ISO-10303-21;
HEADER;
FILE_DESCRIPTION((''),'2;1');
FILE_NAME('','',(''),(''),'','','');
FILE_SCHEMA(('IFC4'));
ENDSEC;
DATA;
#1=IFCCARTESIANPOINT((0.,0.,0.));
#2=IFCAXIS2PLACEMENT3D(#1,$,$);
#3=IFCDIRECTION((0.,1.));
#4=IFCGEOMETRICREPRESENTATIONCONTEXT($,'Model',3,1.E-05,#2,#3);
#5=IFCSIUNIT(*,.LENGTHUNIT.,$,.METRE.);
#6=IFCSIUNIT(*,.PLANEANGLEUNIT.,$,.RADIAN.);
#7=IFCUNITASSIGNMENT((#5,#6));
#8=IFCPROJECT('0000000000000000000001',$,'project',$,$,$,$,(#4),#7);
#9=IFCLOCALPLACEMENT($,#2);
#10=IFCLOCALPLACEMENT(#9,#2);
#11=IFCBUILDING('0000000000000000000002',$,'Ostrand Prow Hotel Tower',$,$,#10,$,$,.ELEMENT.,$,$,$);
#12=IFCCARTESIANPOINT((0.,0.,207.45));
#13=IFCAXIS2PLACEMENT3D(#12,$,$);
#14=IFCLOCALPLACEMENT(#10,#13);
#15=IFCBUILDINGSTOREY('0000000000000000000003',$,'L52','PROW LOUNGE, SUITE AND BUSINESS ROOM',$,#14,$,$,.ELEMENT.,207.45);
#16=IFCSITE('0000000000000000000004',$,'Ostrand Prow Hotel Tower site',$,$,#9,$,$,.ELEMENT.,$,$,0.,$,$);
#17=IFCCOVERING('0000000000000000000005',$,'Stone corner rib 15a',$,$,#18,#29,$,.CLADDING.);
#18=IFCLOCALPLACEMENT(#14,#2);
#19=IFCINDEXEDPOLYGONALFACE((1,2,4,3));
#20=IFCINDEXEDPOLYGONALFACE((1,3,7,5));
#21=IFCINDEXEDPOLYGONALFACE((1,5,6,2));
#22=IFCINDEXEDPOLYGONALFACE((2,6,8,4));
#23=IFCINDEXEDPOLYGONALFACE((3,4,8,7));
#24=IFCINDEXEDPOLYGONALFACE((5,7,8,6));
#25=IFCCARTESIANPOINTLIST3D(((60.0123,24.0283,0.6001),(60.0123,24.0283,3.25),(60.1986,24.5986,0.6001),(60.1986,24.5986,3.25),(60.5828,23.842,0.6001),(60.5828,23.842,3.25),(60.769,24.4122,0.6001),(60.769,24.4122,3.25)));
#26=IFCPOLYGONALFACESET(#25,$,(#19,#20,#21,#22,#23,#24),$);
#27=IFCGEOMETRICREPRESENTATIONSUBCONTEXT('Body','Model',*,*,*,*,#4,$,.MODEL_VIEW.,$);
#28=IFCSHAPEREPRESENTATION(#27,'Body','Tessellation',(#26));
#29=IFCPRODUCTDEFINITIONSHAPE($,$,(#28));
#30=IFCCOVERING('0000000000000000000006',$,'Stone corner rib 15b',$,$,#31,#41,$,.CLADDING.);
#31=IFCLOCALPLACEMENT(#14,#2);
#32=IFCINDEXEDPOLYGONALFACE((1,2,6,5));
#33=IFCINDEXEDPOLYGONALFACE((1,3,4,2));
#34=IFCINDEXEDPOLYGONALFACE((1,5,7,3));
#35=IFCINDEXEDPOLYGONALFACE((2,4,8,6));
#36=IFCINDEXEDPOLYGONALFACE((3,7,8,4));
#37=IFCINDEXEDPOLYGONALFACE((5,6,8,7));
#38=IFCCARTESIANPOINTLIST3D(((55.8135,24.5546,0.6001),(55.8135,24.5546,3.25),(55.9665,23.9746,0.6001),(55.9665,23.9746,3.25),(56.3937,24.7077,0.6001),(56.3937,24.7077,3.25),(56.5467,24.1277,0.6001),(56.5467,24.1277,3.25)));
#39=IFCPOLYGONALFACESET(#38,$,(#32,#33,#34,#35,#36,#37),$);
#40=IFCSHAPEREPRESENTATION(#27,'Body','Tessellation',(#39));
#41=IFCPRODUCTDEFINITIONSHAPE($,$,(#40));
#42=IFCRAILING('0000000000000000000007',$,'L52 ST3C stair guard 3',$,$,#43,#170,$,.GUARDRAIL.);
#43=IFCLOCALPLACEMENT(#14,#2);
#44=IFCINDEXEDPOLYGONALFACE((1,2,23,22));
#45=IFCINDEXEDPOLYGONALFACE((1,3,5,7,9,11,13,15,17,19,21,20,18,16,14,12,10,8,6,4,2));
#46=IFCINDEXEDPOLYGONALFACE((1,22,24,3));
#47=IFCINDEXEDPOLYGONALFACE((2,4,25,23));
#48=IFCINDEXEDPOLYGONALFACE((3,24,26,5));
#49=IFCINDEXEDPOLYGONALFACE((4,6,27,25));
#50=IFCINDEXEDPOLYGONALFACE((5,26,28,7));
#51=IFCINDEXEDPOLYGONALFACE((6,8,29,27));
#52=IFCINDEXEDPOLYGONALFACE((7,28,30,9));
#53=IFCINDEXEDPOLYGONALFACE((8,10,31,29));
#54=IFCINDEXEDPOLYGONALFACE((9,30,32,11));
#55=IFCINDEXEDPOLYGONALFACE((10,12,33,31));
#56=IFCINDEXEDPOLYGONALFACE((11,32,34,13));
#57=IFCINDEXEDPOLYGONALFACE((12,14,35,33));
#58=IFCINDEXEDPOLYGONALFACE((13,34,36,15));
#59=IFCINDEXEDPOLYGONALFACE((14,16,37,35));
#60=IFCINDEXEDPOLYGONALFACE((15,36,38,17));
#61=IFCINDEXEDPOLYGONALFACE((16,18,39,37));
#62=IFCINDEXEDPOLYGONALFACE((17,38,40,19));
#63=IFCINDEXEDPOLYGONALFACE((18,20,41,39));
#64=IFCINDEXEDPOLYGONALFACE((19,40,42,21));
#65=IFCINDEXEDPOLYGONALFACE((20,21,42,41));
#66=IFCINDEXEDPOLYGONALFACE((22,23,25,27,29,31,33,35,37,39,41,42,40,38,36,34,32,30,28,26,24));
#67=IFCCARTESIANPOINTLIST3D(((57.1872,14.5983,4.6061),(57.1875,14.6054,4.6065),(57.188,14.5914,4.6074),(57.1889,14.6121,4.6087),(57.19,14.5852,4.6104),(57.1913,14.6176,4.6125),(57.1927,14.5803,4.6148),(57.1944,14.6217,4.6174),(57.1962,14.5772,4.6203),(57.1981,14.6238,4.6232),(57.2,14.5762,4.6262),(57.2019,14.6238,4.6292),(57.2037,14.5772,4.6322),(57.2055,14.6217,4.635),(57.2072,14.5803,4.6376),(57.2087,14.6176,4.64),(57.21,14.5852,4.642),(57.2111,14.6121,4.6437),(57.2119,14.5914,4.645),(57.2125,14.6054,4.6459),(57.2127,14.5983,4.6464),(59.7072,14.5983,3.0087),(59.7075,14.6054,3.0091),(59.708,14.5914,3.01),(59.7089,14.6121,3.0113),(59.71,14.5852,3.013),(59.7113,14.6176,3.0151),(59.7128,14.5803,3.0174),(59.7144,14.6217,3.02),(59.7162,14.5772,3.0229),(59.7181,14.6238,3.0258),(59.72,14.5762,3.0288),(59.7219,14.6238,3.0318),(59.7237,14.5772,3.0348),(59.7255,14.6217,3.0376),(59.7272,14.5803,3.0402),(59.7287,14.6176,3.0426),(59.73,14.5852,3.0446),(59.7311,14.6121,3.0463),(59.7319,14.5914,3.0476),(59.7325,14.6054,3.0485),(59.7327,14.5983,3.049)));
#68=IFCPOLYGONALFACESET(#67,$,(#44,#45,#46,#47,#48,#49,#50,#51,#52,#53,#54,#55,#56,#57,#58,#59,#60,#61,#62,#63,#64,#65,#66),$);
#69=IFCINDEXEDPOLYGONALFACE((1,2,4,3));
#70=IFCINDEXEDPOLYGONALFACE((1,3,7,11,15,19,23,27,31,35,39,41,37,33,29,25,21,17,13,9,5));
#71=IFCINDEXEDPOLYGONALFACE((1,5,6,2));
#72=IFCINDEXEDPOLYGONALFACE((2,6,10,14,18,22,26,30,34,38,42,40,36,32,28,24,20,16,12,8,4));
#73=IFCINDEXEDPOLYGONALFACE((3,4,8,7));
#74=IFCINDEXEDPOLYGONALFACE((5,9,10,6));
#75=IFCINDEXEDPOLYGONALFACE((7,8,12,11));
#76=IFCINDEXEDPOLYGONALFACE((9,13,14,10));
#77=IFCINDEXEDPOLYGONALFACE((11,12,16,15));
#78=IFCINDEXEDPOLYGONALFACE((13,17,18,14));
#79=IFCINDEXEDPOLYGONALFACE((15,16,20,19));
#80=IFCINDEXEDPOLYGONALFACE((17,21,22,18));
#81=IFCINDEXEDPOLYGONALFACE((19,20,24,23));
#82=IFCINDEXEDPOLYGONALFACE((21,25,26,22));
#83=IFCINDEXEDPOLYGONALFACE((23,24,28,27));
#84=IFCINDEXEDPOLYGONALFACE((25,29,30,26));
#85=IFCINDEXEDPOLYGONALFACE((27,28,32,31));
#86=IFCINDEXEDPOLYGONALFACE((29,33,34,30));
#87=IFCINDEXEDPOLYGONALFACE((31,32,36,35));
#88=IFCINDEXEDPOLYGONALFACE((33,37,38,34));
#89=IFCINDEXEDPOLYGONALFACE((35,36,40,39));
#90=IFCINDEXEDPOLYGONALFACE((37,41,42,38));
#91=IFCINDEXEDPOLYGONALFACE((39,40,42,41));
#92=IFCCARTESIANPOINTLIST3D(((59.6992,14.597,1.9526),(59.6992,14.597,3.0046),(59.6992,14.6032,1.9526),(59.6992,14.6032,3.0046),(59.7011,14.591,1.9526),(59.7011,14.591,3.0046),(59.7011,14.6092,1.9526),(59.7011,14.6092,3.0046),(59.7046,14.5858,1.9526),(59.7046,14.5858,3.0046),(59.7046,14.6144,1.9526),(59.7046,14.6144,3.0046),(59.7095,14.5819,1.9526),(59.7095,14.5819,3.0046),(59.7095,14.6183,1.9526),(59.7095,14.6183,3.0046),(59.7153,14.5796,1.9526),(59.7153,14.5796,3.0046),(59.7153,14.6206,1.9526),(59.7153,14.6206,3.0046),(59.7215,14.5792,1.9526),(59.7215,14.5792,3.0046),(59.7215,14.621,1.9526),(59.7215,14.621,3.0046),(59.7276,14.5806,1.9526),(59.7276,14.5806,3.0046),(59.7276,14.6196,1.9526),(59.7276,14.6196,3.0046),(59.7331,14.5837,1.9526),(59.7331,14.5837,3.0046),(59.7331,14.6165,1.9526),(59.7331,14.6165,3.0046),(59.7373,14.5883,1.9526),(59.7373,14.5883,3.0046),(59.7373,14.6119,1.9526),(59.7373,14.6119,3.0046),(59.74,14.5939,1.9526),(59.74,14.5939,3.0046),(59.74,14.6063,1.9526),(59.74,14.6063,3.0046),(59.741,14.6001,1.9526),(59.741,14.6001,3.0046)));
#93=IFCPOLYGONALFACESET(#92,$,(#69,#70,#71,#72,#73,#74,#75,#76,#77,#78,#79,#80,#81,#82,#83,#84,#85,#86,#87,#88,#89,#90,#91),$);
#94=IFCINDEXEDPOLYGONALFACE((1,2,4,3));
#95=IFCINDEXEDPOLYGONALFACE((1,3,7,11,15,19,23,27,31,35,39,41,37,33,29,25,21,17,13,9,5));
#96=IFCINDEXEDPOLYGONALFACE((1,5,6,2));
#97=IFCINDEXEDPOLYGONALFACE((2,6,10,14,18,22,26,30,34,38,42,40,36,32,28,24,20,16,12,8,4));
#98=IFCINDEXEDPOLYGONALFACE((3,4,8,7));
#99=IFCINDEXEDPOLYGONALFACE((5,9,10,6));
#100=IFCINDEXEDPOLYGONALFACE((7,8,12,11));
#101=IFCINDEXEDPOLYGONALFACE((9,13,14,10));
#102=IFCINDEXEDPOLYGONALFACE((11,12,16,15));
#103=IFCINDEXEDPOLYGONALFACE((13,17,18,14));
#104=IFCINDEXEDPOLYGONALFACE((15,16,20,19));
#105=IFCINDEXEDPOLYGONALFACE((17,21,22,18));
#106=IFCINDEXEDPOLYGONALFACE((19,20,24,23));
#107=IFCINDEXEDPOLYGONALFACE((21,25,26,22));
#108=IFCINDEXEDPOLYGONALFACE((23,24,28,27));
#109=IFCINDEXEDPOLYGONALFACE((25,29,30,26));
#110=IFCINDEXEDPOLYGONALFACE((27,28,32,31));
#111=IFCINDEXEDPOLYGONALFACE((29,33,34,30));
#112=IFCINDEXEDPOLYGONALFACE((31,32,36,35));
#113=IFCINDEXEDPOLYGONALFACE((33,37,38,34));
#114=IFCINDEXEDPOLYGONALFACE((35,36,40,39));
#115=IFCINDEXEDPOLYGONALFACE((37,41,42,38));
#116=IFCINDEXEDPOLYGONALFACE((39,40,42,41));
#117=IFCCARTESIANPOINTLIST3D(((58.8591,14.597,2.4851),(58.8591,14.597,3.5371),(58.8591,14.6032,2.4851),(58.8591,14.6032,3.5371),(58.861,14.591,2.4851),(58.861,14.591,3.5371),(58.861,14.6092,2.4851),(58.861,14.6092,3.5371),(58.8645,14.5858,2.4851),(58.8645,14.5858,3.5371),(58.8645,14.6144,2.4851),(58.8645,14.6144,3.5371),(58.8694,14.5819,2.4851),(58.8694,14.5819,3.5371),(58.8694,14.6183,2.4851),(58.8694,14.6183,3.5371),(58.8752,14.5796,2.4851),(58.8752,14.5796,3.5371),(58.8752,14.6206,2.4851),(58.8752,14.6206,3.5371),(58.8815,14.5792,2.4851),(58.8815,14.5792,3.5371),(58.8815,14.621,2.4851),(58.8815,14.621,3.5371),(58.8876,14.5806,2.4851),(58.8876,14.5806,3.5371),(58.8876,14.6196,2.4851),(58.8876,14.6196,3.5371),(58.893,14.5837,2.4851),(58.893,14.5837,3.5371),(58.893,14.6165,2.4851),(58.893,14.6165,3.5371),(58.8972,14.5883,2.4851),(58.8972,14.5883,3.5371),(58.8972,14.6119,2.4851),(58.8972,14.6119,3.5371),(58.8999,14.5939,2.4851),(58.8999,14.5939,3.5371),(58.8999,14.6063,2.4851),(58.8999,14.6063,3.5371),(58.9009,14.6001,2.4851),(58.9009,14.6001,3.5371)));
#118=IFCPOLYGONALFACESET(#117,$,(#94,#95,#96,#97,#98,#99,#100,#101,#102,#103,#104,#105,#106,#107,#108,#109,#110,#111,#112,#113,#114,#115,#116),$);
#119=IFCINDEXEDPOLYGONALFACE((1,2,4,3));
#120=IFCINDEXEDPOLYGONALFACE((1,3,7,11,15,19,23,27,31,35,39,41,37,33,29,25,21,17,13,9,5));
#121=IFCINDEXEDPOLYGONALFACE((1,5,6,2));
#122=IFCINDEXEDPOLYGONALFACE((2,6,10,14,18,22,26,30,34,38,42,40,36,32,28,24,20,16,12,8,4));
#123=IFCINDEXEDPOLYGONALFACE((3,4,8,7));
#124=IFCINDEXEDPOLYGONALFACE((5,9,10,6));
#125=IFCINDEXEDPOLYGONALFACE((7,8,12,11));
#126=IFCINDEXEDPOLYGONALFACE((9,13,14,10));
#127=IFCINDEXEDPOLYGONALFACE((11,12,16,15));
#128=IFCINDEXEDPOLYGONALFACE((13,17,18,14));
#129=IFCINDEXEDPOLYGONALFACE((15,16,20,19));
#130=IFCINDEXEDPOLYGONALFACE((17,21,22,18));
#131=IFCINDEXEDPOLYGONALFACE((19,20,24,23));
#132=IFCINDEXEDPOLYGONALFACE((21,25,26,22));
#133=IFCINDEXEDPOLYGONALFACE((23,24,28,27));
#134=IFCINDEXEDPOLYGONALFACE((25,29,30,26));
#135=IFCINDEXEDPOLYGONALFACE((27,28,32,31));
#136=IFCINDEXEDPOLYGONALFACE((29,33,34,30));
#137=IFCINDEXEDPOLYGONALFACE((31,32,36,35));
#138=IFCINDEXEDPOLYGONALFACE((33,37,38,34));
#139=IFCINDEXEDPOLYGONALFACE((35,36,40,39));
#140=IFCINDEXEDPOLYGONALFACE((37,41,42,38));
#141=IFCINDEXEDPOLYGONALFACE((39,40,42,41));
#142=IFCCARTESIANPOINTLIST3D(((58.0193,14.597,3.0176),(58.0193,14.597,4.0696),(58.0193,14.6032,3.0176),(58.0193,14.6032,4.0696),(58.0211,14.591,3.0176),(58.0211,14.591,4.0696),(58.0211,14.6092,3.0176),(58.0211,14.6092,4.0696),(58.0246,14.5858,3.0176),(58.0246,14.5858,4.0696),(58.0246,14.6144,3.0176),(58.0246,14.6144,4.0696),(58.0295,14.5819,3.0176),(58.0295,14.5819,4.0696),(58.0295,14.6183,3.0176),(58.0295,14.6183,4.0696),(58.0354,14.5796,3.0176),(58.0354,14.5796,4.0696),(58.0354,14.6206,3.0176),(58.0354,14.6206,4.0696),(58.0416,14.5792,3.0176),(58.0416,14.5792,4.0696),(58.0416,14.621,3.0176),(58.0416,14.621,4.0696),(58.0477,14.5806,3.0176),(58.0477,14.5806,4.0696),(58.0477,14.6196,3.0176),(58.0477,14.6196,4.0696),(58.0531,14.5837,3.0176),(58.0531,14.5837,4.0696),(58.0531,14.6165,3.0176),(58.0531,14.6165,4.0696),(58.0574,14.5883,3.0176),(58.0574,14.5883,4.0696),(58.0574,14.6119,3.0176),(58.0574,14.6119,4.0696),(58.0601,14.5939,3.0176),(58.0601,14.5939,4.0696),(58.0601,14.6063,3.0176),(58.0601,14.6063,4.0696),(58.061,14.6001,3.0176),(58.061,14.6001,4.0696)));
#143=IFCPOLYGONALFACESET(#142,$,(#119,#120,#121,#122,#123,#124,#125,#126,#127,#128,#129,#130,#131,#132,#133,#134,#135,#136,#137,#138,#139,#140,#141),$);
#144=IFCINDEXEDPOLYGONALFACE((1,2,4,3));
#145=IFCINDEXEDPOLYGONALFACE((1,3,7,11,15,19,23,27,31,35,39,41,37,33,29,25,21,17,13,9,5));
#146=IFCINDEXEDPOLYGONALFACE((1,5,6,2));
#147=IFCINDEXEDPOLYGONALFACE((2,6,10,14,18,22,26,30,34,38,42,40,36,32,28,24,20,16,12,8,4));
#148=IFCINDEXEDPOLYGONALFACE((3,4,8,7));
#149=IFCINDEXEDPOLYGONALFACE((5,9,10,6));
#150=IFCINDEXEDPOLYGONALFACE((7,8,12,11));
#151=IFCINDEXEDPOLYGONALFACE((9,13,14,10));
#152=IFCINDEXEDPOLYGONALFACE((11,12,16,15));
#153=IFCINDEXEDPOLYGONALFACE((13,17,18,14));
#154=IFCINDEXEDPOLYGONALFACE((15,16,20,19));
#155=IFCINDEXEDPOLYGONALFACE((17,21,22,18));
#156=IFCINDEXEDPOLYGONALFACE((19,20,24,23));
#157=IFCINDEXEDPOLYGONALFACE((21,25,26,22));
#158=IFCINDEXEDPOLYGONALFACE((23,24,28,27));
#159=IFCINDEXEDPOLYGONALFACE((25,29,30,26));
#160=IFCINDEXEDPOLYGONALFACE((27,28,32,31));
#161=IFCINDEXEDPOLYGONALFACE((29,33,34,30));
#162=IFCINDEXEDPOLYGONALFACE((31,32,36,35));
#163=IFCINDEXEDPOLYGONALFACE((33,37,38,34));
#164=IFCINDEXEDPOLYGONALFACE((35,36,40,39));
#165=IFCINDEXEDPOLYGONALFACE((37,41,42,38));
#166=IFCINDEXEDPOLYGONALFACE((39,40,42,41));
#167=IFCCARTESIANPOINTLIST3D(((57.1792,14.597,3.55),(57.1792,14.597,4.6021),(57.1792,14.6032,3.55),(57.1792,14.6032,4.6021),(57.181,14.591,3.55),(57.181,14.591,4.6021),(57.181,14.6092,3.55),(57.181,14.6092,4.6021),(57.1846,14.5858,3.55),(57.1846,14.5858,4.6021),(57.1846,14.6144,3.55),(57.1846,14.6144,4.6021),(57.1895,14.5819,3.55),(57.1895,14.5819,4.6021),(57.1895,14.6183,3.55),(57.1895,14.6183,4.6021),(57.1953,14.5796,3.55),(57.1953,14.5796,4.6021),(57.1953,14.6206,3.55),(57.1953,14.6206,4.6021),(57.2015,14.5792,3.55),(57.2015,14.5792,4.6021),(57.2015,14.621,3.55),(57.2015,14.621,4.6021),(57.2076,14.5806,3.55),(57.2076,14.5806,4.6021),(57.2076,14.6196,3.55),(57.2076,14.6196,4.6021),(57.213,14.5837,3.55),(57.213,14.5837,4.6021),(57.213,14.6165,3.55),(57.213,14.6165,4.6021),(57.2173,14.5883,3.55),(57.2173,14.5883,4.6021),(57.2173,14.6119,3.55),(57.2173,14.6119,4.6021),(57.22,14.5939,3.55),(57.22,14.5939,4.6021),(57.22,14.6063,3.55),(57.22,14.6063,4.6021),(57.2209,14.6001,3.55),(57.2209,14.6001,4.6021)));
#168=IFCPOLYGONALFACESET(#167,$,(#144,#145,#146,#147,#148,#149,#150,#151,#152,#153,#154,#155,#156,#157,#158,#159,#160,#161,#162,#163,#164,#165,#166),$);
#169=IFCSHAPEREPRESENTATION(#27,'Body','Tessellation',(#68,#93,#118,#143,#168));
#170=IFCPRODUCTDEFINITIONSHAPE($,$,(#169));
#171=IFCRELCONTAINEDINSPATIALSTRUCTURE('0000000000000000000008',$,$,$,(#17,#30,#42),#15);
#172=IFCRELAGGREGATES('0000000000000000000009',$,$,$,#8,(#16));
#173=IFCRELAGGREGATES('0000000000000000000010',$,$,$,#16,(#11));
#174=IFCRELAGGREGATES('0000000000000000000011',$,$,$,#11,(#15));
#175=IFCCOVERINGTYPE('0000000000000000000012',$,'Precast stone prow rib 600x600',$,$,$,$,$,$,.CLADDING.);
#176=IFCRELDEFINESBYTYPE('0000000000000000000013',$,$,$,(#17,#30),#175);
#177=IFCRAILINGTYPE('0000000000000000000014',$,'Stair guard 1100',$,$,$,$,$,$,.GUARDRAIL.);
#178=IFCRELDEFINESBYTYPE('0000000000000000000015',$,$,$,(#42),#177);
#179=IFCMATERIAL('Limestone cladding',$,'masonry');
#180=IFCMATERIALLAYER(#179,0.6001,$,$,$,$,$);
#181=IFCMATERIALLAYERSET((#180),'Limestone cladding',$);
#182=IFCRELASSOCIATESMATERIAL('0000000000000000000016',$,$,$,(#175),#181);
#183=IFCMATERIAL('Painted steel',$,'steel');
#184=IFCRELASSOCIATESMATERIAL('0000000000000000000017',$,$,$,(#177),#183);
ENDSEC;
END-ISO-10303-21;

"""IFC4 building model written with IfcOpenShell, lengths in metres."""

from ifc_helpers import new_model, si_unit, direction, frame, frame_2d, origin, origin_2d, place, context, subcontext, project, spatial, rectangle, circle, extrude, material, layer, layer_set, type_object, element, save


model = new_model("IFC4")

# Units and contexts
model_context = context("Model", 3, precision=1e-05, world=origin(), true_north=direction((0.0, 1.0)))
body_context = subcontext(model_context, "Body", "Model", "MODEL_VIEW")
ifc_project = project(units=[si_unit("LENGTHUNIT", "METRE"), si_unit("PLANEANGLEUNIT", "RADIAN")], contexts=[model_context])

# Site, building, storey
site_placement = place(None, origin())
site = spatial("IfcSite", under=ifc_project, at=site_placement, Name="Ostrand Prow Hotel Tower site", CompositionType="ELEMENT", RefElevation=0.0)
building_placement = place(site_placement, origin())
building = spatial("IfcBuilding", under=site, at=building_placement, Name="Ostrand Prow Hotel Tower", CompositionType="ELEMENT")
storey_placement = place(building_placement, frame((0.0, 0.0, 207.45)))
storey = spatial("IfcBuildingStorey", under=building, at=storey_placement, Name="L52", Description="PROW LOUNGE, SUITE AND BUSINESS ROOM", CompositionType="ELEMENT", Elevation=207.45)

# Coverings
ifc_material_1 = material(Name="Limestone cladding", Category="masonry")
ifc_layer_1 = layer(ifc_material_1, 0.6001)
ifc_layer_set_1 = layer_set([ifc_layer_1], Name="Limestone cladding")
covering_type = type_object("IfcCoveringType", Name="Precast stone prow rib 600x600", PredefinedType="CLADDING", material=ifc_layer_set_1)
for number, where, z_axis, x_axis, name in (
    (1, (60.2976, 23.9353, 0.6001), (0.0, 0.0, 1.0), (0.310484, 0.950578, 0.0), "Stone corner rib 15a"),
    (2, (56.2566, 24.0513, 0.6001), (0.0, 0.0, 1.0), (-0.255154, 0.9669, 0.0), "Stone corner rib 15b"),
):
    element("IfcCovering", number, at=place(storey_placement, frame(where, z_axis=z_axis, x_axis=x_axis)), inside=storey, type_object=covering_type, Name=name, PredefinedType="CLADDING", context=body_context, shape_type="SweptSolid", body=[
        extrude(rectangle(XDim=0.5999, YDim=0.6001, at=frame_2d((0.2998, 0.0))), origin(), (0.0, 0.0, 1.0), 2.6499),
    ])

# Railing
ifc_material_2 = material(Name="Painted steel", Category="steel")
railing_type_1 = type_object("IfcRailingType", Name="Stair guard 1100", PredefinedType="GUARDRAIL", material=ifc_material_2)
railing_1_placement = place(storey_placement, frame((59.72, 14.6001, 1.9526)))
element("IfcRailing", 3, at=railing_1_placement, inside=storey, type_object=railing_type_1, Name="L52 ST3C stair guard 3", PredefinedType="GUARDRAIL", context=body_context, shape_type="SweptSolid", body=[
    extrude(circle(Radius=0.0239, at=origin_2d()), frame((0.0, 0.0, 1.0762), z_axis=(-0.844607, 0.0, 0.535387), x_axis=(0.0, -1.0, 0.0)), (0.0, 0.0, 1.0), 2.9836),
    extrude(circle(Radius=0.021, at=origin_2d()), origin(), (0.0, 0.0, 1.0), 1.052),
    extrude(circle(Radius=0.021, at=origin_2d()), frame((-0.8401, 0.0, 0.5325)), (0.0, 0.0, 1.0), 1.052),
    extrude(circle(Radius=0.021, at=origin_2d()), frame((-1.6799, 0.0, 1.0649)), (0.0, 0.0, 1.0), 1.052),
    extrude(circle(Radius=0.021, at=origin_2d()), frame((-2.52, 0.0, 1.5974)), (0.0, 0.0, 1.0), 1.052),
])

save(model, "model.ifc")
